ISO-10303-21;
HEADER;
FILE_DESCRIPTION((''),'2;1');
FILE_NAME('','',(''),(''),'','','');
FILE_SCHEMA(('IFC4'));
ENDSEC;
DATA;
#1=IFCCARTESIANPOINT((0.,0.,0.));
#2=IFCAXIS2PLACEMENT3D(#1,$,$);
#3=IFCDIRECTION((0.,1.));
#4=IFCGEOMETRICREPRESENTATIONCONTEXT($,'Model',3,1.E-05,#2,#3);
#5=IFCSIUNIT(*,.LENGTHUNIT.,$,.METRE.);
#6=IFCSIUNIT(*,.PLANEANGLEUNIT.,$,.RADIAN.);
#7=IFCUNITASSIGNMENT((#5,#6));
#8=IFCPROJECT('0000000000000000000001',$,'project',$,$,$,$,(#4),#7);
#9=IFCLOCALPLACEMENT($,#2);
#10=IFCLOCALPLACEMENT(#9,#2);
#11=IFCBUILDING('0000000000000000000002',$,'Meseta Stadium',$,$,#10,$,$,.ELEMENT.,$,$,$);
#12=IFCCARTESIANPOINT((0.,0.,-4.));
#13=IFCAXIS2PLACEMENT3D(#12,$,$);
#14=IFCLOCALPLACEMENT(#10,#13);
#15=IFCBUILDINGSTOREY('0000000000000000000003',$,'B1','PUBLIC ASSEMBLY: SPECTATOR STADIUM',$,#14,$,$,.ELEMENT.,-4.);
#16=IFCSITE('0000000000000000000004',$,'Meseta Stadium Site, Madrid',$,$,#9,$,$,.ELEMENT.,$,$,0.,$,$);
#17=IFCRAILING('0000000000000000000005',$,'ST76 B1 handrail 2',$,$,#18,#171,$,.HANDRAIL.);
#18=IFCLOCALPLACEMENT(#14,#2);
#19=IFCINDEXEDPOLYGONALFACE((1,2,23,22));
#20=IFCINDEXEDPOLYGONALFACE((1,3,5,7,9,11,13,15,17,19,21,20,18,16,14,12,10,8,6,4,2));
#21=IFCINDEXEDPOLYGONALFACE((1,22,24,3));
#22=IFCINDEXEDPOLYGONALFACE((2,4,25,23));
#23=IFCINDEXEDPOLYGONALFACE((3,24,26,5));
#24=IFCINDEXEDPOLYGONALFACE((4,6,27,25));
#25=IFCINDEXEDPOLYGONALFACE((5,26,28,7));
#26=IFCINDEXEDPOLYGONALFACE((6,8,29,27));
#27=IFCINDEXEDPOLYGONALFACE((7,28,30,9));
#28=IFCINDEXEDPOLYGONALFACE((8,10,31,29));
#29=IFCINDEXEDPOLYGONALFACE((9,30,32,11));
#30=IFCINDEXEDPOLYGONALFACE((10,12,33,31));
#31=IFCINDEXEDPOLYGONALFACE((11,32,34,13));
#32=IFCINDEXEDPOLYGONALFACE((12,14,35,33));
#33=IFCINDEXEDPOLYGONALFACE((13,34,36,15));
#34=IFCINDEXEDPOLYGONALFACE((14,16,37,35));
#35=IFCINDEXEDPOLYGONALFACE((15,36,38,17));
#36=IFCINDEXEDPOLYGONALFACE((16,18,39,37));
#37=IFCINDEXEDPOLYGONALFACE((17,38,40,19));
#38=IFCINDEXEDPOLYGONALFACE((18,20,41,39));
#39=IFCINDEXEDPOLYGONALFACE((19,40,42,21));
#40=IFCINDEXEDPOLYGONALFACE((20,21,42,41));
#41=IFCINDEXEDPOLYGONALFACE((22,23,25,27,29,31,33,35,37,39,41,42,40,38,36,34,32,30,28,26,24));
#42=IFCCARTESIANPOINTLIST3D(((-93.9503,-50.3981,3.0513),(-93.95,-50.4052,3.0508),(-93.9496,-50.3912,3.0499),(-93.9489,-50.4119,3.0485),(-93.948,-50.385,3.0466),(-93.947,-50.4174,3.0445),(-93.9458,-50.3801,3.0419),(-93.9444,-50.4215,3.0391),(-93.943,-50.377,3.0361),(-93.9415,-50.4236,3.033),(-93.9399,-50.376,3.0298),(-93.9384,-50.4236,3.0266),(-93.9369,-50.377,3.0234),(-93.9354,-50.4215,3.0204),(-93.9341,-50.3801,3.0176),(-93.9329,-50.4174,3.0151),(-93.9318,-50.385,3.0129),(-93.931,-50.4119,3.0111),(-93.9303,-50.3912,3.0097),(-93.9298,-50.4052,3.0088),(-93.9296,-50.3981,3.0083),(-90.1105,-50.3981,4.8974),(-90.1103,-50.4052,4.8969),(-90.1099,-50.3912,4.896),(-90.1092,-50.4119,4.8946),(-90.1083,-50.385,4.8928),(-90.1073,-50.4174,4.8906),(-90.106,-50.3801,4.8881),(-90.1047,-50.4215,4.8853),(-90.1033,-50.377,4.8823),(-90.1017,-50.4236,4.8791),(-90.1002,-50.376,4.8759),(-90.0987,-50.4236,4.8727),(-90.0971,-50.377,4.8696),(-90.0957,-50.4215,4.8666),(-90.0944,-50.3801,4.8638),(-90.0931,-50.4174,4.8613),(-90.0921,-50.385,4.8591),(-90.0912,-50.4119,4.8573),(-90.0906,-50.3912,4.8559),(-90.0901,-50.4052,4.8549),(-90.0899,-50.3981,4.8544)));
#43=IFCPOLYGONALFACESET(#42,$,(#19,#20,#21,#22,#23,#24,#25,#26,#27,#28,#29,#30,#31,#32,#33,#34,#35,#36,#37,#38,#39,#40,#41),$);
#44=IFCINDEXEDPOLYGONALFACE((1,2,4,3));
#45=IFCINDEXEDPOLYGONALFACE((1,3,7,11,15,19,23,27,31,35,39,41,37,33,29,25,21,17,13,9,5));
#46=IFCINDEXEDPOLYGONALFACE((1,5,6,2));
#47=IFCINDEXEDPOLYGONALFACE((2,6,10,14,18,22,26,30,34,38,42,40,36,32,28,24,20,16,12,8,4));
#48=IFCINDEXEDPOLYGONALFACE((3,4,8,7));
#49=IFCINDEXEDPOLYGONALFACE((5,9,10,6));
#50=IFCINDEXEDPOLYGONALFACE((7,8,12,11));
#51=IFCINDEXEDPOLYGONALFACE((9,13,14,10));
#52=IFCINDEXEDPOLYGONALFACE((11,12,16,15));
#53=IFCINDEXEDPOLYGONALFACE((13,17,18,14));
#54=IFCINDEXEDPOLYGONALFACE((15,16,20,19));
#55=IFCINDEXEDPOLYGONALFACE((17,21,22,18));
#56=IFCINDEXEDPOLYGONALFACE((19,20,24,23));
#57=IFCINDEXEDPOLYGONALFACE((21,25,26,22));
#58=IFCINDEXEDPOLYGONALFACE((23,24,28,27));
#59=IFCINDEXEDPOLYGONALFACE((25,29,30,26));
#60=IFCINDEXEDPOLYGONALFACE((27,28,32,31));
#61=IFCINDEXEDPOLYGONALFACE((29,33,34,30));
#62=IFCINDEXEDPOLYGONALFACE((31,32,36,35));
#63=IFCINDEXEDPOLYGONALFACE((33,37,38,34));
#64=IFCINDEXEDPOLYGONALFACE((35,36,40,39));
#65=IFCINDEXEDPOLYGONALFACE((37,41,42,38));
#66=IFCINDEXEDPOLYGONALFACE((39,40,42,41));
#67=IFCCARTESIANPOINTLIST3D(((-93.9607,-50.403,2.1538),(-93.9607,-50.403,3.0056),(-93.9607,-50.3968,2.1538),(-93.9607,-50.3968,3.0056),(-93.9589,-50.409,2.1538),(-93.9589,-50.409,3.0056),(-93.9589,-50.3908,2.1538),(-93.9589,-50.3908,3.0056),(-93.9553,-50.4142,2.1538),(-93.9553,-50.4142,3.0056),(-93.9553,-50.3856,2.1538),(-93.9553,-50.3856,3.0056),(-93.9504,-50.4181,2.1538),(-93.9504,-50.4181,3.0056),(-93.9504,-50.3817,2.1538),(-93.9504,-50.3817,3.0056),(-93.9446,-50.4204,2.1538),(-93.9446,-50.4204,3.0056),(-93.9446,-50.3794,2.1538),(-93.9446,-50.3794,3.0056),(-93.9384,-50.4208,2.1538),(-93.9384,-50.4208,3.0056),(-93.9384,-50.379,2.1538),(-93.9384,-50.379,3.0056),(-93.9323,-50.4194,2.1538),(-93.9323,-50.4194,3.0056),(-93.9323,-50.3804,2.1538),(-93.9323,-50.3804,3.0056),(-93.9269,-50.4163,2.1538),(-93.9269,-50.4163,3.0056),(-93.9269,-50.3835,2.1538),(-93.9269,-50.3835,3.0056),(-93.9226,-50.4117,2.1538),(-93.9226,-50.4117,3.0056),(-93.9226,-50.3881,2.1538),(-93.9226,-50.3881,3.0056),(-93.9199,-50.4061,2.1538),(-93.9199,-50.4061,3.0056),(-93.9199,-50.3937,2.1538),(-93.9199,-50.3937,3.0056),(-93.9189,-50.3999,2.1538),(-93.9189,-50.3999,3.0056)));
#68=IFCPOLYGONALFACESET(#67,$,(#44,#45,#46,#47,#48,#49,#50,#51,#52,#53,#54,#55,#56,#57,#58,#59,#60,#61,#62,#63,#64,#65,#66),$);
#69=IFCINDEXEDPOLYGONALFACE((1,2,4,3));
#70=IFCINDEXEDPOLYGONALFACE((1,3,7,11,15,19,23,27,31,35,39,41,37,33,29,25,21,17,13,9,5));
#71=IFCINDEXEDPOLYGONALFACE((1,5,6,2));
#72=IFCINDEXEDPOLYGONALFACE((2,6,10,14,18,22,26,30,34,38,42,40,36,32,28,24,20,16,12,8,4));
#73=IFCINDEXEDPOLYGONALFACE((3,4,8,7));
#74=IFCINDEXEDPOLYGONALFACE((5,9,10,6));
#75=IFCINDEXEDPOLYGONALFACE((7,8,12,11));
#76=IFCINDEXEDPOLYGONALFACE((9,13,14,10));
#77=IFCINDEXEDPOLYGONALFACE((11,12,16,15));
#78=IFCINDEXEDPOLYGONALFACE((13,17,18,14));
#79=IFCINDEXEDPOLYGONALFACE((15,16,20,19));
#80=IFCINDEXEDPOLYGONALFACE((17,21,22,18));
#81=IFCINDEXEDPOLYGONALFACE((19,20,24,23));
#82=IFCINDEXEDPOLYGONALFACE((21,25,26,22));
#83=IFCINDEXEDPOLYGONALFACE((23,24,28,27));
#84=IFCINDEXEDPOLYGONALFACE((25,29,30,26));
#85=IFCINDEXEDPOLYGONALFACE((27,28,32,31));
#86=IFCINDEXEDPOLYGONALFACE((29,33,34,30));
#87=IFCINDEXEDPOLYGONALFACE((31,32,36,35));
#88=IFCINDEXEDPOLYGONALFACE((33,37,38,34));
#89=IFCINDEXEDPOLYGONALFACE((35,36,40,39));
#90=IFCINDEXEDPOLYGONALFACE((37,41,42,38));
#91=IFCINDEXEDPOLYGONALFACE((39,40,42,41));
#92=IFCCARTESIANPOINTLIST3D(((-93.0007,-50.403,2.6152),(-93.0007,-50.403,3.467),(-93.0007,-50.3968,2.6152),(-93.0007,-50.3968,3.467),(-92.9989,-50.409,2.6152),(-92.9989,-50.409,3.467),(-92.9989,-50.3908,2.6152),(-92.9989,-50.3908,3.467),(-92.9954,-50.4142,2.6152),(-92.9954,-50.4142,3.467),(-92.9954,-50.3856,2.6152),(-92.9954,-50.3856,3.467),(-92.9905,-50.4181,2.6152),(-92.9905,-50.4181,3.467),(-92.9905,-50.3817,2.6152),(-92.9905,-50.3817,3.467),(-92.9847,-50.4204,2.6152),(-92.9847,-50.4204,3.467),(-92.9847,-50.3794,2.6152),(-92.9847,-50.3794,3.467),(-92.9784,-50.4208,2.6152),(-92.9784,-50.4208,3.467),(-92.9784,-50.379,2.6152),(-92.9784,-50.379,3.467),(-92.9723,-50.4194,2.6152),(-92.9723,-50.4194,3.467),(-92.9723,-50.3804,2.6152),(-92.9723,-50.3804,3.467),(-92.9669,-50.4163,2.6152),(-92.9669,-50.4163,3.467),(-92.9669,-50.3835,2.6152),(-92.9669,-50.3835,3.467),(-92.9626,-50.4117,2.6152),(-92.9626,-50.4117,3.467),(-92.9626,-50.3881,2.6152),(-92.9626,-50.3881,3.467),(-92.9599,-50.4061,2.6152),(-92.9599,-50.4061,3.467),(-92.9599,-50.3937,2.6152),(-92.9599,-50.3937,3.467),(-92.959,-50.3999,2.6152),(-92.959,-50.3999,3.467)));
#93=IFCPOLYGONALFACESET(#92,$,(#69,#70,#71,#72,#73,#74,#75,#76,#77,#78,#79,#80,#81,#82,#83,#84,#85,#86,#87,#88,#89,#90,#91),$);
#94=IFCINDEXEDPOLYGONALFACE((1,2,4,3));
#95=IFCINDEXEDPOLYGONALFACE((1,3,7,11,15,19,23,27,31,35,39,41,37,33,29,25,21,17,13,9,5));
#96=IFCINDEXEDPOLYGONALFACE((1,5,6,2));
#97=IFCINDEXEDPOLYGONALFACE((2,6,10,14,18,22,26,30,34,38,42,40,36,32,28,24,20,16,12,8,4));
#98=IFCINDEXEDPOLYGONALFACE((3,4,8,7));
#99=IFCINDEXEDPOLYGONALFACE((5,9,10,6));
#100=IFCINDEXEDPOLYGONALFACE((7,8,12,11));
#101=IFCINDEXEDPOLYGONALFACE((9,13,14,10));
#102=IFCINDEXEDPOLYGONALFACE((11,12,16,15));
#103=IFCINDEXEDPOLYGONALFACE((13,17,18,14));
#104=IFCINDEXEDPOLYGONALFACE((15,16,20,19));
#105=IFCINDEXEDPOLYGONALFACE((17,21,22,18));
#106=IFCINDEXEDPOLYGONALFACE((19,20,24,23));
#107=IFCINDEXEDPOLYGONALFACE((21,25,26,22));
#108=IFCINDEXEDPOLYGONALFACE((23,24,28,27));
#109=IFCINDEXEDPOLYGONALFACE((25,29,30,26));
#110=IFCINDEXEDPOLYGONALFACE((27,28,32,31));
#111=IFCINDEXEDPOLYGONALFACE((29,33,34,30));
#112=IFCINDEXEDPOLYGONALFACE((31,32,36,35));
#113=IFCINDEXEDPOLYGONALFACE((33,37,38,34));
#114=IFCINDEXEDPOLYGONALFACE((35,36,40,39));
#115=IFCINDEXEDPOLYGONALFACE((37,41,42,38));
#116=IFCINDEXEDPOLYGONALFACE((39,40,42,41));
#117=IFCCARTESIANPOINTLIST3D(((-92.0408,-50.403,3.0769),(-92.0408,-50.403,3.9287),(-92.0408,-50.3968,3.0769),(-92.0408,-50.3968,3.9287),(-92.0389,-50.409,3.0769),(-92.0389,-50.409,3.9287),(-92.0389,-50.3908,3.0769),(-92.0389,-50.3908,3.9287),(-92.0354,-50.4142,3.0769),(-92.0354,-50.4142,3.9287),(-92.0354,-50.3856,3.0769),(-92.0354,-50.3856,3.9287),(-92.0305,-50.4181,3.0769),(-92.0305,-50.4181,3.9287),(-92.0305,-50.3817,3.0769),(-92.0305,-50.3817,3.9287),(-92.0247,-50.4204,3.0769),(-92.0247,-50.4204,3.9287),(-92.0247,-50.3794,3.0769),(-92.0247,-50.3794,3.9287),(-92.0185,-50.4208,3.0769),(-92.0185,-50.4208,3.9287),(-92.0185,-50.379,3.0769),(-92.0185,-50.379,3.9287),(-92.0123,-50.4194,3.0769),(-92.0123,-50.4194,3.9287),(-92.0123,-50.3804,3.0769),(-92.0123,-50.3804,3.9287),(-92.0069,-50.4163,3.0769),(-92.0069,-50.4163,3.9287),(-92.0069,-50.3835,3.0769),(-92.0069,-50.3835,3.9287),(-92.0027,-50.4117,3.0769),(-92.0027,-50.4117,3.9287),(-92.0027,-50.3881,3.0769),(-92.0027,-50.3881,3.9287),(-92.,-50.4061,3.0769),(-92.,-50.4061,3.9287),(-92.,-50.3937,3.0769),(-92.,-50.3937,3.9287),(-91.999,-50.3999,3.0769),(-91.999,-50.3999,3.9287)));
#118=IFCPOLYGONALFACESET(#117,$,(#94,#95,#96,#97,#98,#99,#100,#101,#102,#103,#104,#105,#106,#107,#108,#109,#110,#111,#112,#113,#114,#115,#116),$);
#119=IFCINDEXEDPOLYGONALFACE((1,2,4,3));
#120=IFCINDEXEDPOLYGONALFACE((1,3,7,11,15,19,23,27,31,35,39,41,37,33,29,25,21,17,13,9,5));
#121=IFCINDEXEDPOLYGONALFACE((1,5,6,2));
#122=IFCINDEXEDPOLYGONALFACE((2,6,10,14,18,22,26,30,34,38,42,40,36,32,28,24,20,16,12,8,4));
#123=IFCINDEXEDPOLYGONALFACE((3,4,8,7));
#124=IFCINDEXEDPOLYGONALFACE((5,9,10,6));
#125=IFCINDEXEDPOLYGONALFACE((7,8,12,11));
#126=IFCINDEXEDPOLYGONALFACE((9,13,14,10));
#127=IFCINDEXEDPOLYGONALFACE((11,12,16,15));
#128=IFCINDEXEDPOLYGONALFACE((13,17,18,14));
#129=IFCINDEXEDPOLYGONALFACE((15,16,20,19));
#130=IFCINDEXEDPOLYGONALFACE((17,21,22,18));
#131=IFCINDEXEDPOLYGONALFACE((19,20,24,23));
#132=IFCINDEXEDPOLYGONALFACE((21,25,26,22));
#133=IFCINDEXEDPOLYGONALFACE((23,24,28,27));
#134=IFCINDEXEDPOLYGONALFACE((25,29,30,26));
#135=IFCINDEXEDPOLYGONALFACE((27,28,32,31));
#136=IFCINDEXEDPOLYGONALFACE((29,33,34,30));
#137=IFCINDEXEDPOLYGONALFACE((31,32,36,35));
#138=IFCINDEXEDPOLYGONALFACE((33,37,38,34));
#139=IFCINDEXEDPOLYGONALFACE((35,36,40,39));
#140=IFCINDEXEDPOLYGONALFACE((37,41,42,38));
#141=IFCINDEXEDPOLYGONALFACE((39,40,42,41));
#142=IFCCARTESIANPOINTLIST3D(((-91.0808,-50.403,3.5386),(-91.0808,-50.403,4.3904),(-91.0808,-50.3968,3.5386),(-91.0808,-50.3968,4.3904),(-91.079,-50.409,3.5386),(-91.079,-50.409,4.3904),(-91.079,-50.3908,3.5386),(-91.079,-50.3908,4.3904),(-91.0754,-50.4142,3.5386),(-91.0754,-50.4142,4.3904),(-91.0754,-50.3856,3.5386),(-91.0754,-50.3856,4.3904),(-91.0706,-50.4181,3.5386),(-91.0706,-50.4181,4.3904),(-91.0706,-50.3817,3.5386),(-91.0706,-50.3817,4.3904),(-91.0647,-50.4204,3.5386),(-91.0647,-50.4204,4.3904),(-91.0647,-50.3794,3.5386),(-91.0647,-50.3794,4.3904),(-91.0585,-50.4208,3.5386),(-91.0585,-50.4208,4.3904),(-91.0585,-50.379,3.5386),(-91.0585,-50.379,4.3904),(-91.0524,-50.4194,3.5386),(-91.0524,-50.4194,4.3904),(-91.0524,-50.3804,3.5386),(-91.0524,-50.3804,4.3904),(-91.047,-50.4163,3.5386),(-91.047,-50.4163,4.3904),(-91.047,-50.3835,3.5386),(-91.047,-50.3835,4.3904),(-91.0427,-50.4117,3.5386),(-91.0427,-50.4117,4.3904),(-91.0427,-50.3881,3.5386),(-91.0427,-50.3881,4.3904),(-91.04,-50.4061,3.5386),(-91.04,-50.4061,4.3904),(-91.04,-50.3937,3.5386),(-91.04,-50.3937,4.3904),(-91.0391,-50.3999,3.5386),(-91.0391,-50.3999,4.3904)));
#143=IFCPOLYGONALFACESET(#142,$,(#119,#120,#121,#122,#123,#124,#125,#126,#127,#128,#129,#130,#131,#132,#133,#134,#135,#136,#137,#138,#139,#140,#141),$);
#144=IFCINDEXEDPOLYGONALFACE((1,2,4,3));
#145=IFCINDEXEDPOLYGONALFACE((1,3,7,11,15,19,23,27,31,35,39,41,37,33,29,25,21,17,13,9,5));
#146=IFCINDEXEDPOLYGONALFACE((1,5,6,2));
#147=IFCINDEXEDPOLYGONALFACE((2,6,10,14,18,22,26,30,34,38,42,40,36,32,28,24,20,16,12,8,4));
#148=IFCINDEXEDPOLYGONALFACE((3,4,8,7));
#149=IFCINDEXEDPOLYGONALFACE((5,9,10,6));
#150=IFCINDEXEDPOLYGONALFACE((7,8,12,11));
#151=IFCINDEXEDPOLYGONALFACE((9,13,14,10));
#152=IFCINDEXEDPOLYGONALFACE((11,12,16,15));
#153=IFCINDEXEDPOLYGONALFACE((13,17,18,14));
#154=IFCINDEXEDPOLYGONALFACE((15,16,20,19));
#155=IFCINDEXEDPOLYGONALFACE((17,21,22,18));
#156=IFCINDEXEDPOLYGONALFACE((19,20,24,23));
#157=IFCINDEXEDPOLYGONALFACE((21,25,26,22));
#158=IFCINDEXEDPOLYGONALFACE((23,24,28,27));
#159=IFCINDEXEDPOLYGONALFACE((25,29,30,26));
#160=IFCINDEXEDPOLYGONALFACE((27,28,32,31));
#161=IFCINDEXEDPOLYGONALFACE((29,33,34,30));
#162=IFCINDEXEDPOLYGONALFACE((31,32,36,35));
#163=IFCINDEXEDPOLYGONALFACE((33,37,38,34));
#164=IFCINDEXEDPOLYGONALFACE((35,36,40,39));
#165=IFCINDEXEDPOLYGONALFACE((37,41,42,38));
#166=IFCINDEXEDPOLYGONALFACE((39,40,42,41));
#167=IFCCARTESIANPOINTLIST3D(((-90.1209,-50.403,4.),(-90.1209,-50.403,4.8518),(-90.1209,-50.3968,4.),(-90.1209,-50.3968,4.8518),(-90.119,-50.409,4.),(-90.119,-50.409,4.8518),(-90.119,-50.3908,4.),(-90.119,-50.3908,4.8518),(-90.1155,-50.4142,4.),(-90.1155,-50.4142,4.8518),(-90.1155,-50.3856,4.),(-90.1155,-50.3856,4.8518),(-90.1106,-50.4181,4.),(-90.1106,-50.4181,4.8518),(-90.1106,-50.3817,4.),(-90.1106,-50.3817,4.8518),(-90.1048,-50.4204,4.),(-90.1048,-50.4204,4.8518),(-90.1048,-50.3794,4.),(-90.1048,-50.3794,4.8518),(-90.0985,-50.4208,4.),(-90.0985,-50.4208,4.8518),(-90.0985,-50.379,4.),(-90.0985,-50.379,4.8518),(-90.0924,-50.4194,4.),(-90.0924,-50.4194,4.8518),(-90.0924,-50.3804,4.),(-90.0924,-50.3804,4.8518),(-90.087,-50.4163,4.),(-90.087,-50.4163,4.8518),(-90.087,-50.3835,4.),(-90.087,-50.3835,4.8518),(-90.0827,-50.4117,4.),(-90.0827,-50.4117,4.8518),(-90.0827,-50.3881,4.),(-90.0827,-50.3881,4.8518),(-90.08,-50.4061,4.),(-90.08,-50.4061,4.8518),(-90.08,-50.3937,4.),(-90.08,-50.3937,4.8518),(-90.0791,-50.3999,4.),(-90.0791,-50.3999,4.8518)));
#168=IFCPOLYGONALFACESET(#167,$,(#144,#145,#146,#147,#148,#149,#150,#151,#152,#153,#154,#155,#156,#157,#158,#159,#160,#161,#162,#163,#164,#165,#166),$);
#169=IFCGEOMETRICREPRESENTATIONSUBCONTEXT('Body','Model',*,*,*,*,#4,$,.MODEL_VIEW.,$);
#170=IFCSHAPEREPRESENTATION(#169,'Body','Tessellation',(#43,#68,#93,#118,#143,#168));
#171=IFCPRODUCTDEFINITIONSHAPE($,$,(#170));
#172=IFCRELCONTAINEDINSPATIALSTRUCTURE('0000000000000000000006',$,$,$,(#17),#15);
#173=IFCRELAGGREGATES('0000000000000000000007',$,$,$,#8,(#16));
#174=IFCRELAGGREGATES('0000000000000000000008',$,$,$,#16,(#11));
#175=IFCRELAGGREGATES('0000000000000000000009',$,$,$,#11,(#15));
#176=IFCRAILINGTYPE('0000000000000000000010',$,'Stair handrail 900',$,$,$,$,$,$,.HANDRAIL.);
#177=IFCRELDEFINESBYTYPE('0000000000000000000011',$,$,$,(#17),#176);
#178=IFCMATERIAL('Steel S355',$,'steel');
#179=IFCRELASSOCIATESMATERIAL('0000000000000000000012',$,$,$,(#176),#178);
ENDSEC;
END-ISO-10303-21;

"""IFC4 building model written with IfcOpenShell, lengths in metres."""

from ifc_helpers import new_model, si_unit, direction, frame, origin, origin_2d, place, context, subcontext, project, spatial, circle, extrude, material, type_object, element, save


model = new_model("IFC4")

# Units and contexts
model_context = context("Model", 3, precision=1e-05, world=origin(), true_north=direction((0.0, 1.0)))
body_context = subcontext(model_context, "Body", "Model", "MODEL_VIEW")
ifc_project = project(units=[si_unit("LENGTHUNIT", "METRE"), si_unit("PLANEANGLEUNIT", "RADIAN")], contexts=[model_context])

# Site, building, storey
site_placement = place(None, origin())
site = spatial("IfcSite", under=ifc_project, at=site_placement, Name="Meseta Stadium Site, Madrid", CompositionType="ELEMENT", RefElevation=0.0)
building_placement = place(site_placement, origin())
building = spatial("IfcBuilding", under=site, at=building_placement, Name="Meseta Stadium", CompositionType="ELEMENT")
storey_placement = place(building_placement, frame((0.0, 0.0, -4.0)))
storey = spatial("IfcBuildingStorey", under=building, at=storey_placement, Name="B1", Description="PUBLIC ASSEMBLY: SPECTATOR STADIUM", CompositionType="ELEMENT", Elevation=-4.0)

# Railing
ifc_material_1 = material(Name="Steel S355", Category="steel")
railing_type_1 = type_object("IfcRailingType", Name="Stair handrail 900", PredefinedType="HANDRAIL", material=ifc_material_1)
railing_1_placement = place(storey_placement, frame((-93.9399, -50.3999, 2.1538)))
element("IfcRailing", 1, at=railing_1_placement, inside=storey, type_object=railing_type_1, Name="ST76 B1 handrail 2", PredefinedType="HANDRAIL", context=body_context, shape_type="SweptSolid", body=[
    extrude(circle(Radius=0.0239, at=origin_2d()), frame((0.0, 0.0, 0.876), z_axis=(0.901242, 0.0, 0.433316), x_axis=(0.0, 1.0, 0.0)), (0.0, 0.0, 1.0), 4.2605),
    extrude(circle(Radius=0.021, at=origin_2d()), origin(), (0.0, 0.0, 1.0), 0.8518),
    extrude(circle(Radius=0.021, at=origin_2d()), frame((0.96, 0.0, 0.4614)), (0.0, 0.0, 1.0), 0.8518),
    extrude(circle(Radius=0.021, at=origin_2d()), frame((1.9199, 0.0, 0.9231)), (0.0, 0.0, 1.0), 0.8518),
    extrude(circle(Radius=0.021, at=origin_2d()), frame((2.8799, 0.0, 1.3848)), (0.0, 0.0, 1.0), 0.8518),
    extrude(circle(Radius=0.021, at=origin_2d()), frame((3.8398, 0.0, 1.8462)), (0.0, 0.0, 1.0), 0.8518),
])

save(model, "model.ifc")
